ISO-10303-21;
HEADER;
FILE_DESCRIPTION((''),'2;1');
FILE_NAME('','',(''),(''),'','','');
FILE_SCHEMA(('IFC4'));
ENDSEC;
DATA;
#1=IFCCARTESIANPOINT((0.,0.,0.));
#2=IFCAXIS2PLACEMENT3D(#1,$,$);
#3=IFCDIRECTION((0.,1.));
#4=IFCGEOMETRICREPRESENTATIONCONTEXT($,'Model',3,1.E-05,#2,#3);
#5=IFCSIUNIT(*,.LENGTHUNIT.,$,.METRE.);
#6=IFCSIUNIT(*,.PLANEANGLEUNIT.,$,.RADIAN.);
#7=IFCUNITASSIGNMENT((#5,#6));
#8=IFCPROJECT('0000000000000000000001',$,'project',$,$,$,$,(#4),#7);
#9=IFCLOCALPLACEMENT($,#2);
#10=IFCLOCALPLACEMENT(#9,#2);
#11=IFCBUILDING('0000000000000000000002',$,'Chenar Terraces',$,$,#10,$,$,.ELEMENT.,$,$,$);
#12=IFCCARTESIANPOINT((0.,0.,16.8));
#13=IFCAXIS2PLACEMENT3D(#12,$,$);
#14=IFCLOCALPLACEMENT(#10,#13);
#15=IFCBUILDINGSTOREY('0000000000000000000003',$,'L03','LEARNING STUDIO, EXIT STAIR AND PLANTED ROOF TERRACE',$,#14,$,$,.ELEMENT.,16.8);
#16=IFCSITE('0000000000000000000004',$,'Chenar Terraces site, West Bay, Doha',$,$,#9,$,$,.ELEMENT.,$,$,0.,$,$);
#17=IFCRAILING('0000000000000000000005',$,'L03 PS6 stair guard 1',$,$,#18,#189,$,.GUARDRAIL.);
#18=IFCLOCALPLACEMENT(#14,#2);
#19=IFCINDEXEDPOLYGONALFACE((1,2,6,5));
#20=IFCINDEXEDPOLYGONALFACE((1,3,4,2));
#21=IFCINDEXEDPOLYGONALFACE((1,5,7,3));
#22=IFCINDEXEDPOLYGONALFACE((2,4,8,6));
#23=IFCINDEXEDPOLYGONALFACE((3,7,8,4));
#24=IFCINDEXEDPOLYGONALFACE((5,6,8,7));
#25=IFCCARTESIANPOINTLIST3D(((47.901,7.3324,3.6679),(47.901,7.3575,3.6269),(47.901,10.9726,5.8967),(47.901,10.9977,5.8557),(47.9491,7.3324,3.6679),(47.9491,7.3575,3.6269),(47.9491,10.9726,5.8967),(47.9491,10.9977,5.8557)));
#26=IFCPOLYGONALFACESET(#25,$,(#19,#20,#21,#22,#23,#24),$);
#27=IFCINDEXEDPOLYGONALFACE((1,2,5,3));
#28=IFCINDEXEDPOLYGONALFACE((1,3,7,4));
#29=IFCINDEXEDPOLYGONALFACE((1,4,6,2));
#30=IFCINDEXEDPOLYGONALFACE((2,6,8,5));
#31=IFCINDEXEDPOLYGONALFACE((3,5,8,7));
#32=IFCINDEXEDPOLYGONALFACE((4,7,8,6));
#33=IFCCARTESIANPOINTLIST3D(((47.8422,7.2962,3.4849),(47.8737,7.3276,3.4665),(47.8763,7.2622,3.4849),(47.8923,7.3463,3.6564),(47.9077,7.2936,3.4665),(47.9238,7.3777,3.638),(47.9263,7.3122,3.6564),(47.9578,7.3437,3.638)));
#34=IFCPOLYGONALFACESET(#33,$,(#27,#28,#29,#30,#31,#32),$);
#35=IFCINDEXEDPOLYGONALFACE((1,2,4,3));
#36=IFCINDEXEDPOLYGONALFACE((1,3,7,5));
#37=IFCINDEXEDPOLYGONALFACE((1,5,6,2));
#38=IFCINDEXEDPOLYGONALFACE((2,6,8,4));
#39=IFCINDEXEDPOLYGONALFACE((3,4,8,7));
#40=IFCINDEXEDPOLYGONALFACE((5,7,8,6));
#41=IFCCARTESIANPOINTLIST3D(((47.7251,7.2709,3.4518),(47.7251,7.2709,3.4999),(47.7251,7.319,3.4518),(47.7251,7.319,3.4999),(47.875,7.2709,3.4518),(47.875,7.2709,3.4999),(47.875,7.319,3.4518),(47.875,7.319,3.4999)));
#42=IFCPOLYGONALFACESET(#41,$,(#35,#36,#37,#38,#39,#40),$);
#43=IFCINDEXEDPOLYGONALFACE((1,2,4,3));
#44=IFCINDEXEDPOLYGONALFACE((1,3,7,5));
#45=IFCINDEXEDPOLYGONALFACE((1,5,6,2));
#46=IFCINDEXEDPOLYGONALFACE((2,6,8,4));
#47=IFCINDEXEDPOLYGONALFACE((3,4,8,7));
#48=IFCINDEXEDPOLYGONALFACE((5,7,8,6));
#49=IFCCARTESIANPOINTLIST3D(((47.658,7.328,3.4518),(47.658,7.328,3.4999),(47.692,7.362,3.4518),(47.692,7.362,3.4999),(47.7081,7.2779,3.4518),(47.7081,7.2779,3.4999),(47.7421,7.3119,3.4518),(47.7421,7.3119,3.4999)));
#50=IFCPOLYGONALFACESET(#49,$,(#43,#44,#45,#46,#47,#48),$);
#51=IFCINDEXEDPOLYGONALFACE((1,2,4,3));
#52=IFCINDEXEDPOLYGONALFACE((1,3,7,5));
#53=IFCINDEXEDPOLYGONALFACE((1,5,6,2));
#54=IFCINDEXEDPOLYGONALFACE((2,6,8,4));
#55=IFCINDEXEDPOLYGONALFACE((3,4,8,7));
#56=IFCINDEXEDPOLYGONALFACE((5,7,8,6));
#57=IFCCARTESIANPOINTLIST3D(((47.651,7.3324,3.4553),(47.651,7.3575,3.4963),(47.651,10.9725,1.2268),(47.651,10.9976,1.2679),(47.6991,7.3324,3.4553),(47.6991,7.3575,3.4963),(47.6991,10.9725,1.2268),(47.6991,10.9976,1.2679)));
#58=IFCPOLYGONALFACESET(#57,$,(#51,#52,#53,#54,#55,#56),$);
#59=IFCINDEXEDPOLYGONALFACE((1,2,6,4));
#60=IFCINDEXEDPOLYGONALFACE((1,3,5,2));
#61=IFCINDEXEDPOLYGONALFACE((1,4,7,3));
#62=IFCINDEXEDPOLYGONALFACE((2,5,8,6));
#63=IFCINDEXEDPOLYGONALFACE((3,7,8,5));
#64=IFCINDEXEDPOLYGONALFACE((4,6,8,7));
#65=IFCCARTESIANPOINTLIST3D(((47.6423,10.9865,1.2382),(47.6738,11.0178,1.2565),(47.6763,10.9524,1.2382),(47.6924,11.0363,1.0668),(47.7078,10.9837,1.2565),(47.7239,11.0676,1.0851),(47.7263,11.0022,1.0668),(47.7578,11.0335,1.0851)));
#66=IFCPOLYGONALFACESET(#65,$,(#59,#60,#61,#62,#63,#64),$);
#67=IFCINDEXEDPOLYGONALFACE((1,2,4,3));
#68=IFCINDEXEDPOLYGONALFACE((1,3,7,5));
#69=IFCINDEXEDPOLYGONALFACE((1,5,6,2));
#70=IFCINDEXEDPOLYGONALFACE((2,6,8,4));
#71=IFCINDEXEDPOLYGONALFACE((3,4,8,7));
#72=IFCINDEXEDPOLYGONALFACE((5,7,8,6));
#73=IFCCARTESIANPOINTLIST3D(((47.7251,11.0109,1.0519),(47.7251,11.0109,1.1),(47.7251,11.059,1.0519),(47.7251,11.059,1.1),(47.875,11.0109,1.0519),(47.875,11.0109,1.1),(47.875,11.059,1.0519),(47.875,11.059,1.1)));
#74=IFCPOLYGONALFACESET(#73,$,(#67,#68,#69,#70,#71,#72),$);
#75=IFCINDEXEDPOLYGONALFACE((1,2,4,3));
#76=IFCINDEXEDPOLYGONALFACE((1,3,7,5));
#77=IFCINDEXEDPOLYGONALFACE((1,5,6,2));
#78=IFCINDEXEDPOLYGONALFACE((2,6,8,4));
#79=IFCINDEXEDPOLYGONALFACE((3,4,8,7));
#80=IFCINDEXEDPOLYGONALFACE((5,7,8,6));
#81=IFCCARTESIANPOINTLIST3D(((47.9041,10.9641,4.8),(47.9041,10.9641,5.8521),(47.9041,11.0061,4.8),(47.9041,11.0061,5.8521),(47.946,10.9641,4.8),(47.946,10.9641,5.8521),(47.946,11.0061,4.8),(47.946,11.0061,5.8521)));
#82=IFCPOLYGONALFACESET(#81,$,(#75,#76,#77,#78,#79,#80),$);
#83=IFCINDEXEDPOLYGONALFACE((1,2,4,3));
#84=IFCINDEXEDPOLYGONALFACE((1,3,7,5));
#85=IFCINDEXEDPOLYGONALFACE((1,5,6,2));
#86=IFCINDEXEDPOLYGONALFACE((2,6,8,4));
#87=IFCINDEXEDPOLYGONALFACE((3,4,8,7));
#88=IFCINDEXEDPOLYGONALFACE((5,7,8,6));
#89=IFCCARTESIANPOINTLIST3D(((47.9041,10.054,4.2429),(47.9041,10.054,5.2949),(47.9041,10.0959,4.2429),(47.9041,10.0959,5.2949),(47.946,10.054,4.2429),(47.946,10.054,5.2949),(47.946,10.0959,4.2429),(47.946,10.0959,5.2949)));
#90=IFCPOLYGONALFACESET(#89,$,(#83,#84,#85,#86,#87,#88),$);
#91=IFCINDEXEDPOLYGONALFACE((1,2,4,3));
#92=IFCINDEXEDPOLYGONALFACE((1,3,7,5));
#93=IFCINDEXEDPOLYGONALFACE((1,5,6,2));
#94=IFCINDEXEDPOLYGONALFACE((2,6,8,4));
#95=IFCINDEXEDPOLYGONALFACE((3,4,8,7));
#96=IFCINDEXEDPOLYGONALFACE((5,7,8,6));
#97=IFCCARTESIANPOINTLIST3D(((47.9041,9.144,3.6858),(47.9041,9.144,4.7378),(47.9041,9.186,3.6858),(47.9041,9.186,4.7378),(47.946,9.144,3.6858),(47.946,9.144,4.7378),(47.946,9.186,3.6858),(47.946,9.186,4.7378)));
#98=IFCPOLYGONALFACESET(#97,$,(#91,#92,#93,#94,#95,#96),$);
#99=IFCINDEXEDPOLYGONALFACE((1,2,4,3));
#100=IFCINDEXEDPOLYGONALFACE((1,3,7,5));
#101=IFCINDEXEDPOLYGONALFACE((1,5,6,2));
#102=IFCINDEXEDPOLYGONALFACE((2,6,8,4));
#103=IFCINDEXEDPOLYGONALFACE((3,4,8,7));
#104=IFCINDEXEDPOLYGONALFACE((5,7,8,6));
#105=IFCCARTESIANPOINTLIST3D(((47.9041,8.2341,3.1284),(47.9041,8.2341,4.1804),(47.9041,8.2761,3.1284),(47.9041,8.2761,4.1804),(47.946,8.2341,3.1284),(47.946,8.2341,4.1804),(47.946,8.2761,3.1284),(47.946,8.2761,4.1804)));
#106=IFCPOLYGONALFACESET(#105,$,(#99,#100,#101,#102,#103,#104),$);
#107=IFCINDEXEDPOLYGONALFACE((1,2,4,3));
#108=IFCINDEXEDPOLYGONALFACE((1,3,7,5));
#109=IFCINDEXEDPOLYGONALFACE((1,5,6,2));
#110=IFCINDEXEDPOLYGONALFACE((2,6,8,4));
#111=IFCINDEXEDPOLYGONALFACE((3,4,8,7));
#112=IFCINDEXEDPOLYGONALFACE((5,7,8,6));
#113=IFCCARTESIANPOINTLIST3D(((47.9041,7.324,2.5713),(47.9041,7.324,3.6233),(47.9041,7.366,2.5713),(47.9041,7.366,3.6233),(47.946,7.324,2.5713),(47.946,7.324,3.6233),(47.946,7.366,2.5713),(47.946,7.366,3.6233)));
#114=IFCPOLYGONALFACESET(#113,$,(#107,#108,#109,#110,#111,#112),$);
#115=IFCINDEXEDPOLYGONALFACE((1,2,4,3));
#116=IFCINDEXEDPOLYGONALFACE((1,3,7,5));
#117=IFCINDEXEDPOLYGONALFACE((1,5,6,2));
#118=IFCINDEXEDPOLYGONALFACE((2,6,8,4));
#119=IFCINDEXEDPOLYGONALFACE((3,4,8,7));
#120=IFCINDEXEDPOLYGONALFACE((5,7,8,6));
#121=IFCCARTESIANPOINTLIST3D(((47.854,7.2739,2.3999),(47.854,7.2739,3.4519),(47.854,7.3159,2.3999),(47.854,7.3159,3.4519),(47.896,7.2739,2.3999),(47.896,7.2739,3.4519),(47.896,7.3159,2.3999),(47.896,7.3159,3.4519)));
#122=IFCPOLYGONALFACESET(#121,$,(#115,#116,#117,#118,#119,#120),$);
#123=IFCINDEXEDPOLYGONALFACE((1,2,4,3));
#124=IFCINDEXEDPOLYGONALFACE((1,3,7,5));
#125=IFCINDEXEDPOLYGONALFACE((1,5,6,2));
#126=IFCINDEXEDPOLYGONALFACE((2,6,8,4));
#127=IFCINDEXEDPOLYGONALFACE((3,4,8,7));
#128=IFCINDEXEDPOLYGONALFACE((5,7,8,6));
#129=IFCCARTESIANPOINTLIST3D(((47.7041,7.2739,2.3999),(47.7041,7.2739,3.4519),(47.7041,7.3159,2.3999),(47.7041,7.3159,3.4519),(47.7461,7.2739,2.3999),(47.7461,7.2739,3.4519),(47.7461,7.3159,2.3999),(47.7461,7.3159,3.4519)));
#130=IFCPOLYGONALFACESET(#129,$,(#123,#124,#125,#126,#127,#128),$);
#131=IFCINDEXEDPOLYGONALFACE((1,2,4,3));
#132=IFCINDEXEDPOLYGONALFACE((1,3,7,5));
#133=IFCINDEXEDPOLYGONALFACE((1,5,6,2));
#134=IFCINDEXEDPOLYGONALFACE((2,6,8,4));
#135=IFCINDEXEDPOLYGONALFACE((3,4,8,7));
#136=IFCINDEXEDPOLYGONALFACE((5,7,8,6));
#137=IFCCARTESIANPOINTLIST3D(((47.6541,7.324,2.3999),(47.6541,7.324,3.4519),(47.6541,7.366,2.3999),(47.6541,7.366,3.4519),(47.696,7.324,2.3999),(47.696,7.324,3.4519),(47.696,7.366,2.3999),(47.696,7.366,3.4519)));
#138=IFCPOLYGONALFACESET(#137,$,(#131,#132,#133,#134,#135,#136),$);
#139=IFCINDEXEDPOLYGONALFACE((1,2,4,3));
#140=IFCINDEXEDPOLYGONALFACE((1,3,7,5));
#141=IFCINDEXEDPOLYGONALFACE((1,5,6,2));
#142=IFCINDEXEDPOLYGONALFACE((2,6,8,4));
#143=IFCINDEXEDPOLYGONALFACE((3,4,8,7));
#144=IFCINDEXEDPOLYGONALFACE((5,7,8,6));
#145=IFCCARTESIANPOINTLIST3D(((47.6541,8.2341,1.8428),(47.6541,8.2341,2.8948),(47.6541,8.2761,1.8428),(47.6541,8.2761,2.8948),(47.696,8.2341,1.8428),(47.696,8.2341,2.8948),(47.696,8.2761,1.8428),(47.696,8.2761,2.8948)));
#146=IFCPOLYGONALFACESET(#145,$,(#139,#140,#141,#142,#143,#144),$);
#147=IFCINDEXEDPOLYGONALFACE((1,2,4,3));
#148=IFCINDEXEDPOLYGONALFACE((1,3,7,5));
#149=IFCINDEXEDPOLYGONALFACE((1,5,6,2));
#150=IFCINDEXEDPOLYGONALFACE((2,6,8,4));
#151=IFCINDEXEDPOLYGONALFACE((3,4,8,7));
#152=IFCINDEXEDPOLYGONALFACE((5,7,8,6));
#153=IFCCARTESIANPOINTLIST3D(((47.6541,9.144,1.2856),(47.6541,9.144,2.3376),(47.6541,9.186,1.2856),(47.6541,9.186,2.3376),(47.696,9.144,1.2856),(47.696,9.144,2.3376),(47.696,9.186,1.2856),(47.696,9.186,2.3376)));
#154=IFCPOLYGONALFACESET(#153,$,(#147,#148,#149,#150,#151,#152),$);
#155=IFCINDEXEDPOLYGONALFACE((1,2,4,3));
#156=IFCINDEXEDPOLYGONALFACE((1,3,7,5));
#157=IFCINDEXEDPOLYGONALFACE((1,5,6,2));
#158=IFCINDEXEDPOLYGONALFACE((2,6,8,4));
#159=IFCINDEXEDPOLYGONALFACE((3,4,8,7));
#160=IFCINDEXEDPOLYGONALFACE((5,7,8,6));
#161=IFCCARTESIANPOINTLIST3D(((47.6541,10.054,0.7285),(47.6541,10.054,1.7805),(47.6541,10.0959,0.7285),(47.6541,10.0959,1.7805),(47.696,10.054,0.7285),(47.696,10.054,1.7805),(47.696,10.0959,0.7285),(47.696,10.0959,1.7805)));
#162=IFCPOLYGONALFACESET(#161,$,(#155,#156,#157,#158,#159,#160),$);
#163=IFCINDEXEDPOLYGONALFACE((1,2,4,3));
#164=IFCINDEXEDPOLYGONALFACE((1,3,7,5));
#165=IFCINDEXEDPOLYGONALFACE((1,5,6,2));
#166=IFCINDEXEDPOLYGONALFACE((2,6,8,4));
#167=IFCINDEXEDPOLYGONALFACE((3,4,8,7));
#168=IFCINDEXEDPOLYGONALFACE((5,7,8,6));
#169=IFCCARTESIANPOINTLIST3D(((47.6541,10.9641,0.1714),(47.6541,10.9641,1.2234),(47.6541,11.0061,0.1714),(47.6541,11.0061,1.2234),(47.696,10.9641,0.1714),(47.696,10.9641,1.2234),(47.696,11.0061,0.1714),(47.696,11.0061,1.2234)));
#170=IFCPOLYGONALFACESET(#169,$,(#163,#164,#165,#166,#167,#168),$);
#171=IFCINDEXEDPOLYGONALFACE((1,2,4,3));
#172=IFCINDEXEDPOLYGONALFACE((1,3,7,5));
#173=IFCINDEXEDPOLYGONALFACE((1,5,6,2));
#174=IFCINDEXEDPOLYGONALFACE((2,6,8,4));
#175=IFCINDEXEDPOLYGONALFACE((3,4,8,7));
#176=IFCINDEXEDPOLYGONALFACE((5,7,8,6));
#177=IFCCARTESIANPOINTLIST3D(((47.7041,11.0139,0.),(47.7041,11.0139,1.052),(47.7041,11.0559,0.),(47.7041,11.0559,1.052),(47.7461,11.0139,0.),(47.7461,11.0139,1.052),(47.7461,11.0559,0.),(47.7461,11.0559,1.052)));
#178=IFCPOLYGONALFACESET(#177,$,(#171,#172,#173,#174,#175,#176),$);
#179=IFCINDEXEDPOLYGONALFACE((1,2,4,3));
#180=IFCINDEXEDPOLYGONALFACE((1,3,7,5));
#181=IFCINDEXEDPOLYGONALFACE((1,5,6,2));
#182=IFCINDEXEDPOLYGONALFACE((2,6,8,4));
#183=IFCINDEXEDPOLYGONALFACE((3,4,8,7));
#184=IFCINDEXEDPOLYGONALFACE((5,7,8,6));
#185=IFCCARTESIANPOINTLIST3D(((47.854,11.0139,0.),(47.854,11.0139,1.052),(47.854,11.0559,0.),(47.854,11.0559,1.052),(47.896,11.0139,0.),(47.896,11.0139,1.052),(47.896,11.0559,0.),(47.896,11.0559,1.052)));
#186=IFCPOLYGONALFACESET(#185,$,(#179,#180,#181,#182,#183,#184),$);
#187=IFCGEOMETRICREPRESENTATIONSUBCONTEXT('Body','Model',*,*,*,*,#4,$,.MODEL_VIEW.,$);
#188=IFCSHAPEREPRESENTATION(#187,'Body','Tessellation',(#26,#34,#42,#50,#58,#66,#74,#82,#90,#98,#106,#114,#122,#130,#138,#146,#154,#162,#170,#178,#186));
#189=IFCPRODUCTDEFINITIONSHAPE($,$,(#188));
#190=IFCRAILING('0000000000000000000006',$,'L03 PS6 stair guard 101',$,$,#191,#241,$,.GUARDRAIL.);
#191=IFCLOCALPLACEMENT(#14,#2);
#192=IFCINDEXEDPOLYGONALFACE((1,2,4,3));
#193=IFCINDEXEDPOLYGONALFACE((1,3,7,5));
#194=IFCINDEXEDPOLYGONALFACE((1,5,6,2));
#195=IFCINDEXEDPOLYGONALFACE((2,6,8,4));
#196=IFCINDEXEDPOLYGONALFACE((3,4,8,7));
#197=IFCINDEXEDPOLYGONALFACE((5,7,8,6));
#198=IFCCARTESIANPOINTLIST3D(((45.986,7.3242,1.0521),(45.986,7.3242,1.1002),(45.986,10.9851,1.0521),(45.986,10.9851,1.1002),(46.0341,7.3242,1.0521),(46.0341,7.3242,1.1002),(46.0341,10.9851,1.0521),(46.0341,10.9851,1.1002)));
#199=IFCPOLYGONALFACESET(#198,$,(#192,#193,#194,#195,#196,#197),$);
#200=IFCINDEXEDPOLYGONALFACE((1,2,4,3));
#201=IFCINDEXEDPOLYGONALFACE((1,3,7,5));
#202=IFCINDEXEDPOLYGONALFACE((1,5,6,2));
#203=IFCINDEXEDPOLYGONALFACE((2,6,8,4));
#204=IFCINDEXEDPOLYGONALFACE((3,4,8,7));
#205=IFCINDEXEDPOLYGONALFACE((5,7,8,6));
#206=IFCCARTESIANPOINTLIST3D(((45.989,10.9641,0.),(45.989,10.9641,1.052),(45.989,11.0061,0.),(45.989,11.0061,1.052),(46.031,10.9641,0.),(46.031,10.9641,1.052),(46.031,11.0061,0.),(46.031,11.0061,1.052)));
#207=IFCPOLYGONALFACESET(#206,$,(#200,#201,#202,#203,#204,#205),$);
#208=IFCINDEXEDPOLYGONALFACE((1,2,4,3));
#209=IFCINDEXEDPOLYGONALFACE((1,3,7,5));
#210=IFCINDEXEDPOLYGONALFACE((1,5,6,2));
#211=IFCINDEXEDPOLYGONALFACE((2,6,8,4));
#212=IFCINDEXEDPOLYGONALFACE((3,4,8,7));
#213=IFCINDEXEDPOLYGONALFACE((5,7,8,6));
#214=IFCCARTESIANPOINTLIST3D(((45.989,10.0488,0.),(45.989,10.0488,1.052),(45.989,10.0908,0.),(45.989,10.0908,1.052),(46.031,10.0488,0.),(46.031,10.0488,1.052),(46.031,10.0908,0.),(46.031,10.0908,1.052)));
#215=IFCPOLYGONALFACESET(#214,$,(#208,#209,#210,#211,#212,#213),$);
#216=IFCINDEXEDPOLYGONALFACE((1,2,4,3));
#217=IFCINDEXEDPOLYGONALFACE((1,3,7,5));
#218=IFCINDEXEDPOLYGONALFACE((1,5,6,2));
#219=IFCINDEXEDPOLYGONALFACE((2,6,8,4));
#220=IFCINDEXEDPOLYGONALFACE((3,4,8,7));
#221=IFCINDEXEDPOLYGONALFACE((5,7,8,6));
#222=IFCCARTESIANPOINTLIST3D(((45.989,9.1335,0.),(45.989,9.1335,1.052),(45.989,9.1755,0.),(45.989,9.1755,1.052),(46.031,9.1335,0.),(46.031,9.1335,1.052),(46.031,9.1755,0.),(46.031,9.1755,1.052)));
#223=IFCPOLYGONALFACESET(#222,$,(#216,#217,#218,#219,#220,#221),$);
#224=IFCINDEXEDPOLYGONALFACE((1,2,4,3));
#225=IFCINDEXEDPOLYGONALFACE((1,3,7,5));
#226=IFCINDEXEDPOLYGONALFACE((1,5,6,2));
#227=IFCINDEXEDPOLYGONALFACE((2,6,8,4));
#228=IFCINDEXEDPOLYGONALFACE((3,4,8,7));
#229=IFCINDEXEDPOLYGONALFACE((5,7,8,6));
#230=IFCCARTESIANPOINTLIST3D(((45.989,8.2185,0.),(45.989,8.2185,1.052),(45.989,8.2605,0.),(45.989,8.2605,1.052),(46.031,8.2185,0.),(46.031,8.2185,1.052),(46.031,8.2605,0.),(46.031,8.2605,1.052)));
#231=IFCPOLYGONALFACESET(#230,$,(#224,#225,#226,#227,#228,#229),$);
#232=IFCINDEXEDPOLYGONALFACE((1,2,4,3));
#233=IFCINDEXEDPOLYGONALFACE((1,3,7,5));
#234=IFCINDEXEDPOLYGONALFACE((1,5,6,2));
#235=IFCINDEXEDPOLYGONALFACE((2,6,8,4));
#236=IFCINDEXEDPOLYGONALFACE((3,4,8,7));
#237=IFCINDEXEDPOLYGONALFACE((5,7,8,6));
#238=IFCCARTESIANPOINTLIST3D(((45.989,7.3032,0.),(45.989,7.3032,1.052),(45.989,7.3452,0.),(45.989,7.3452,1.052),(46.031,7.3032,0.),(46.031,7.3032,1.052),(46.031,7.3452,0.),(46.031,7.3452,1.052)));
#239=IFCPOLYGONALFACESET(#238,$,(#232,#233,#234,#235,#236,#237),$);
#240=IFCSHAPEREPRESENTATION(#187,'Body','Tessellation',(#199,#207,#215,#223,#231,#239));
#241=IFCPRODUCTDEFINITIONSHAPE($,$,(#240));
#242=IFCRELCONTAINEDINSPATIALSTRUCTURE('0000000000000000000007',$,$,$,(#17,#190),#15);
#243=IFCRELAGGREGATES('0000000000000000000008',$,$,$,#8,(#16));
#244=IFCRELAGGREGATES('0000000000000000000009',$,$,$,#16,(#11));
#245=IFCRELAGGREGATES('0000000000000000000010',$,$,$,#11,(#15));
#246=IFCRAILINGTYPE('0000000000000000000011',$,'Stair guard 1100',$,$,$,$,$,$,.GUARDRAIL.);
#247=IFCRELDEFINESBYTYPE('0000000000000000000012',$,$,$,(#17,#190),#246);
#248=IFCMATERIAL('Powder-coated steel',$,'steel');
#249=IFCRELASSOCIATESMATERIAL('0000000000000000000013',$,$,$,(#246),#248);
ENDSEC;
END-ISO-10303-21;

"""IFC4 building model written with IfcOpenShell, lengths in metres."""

from ifc_helpers import new_model, si_unit, direction, frame, origin, origin_2d, place, context, subcontext, project, spatial, rectangle, extrude, material, type_object, element, save


model = new_model("IFC4")

# Units and contexts
model_context = context("Model", 3, precision=1e-05, world=origin(), true_north=direction((0.0, 1.0)))
body_context = subcontext(model_context, "Body", "Model", "MODEL_VIEW")
ifc_project = project(units=[si_unit("LENGTHUNIT", "METRE"), si_unit("PLANEANGLEUNIT", "RADIAN")], contexts=[model_context])

# Site, building, storey
site_placement = place(None, origin())
site = spatial("IfcSite", under=ifc_project, at=site_placement, Name="Chenar Terraces site, West Bay, Doha", CompositionType="ELEMENT", RefElevation=0.0)
building_placement = place(site_placement, origin())
building = spatial("IfcBuilding", under=site, at=building_placement, Name="Chenar Terraces", CompositionType="ELEMENT")
storey_placement = place(building_placement, frame((0.0, 0.0, 16.8)))
storey = spatial("IfcBuildingStorey", under=building, at=storey_placement, Name="L03", Description="LEARNING STUDIO, EXIT STAIR AND PLANTED ROOF TERRACE", CompositionType="ELEMENT", Elevation=16.8)

# Railings
ifc_material_1 = material(Name="Powder-coated steel", Category="steel")
railing_type_1 = type_object("IfcRailingType", Name="Stair guard 1100", PredefinedType="GUARDRAIL", material=ifc_material_1)
railing_1_placement = place(storey_placement, frame((47.925, 10.9851, 4.8)))
element("IfcRailing", 1, at=railing_1_placement, inside=storey, type_object=railing_type_1, Name="L03 PS6 stair guard 1", PredefinedType="GUARDRAIL", context=body_context, shape_type="SweptSolid", body=[
    extrude(rectangle(XDim=0.0481, YDim=0.0481, at=origin_2d()), frame((0.0, 0.0, 1.0762), z_axis=(0.0, -0.85284, -0.522172), x_axis=(1.0, 0.0, 0.0)), (0.0, 0.0, 1.0), 4.2683),
    extrude(rectangle(XDim=0.0481, YDim=0.0481, at=origin_2d()), frame((0.0, -3.6401, -1.1528), z_axis=(-0.269911, -0.269911, -0.924281), x_axis=(0.707107, -0.707107, 0.0)), (0.0, 0.0, 1.0), 0.1855),
    extrude(rectangle(XDim=0.0481, YDim=0.0481, at=origin_2d()), frame((-0.05, -3.6902, -1.3242), z_axis=(-1.0, 0.0, 0.0), x_axis=(0.0, -1.0, 0.0)), (0.0, 0.0, 1.0), 0.1499),
    extrude(rectangle(XDim=0.0481, YDim=0.0481, at=origin_2d()), frame((-0.2, -3.6902, -1.3242), z_axis=(-0.707107, 0.707107, 0.0), x_axis=(-0.707107, -0.707107, 0.0)), (0.0, 0.0, 1.0), 0.0708),
    extrude(rectangle(XDim=0.0481, YDim=0.0481, at=origin_2d()), frame((-0.25, -3.6401, -1.3242), z_axis=(0.0, 0.852866, -0.52213), x_axis=(-1.0, 0.0, 0.0)), (0.0, 0.0, 1.0), 4.2681),
    extrude(rectangle(XDim=0.0481, YDim=0.0481, at=origin_2d()), frame((-0.25, 0.0, -3.5527), z_axis=(0.270007, 0.26869, -0.924609), x_axis=(-0.705376, 0.708834, 0.0)), (0.0, 0.0, 1.0), 0.1853),
    extrude(rectangle(XDim=0.0481, YDim=0.0481, at=origin_2d()), frame((-0.2, 0.0498, -3.7241), z_axis=(1.0, 0.0, 0.0), x_axis=(0.0, 1.0, 0.0)), (0.0, 0.0, 1.0), 0.1499),
    extrude(rectangle(XDim=0.042, YDim=0.042, at=origin_2d()), origin(), (0.0, 0.0, 1.0), 1.052),
    extrude(rectangle(XDim=0.042, YDim=0.042, at=origin_2d()), frame((0.0, -0.9102, -0.5571)), (0.0, 0.0, 1.0), 1.052),
    extrude(rectangle(XDim=0.042, YDim=0.042, at=origin_2d()), frame((0.0, -1.8201, -1.1143)), (0.0, 0.0, 1.0), 1.052),
    extrude(rectangle(XDim=0.042, YDim=0.042, at=origin_2d()), frame((0.0, -2.73, -1.6716)), (0.0, 0.0, 1.0), 1.052),
    extrude(rectangle(XDim=0.042, YDim=0.042, at=origin_2d()), frame((0.0, -3.6401, -2.2288)), (0.0, 0.0, 1.0), 1.052),
    extrude(rectangle(XDim=0.042, YDim=0.042, at=origin_2d()), frame((-0.05, -3.6902, -2.4001)), (0.0, 0.0, 1.0), 1.052),
    extrude(rectangle(XDim=0.042, YDim=0.042, at=origin_2d()), frame((-0.2, -3.6902, -2.4001)), (0.0, 0.0, 1.0), 1.052),
    extrude(rectangle(XDim=0.042, YDim=0.042, at=origin_2d()), frame((-0.25, -3.6401, -2.4001)), (0.0, 0.0, 1.0), 1.052),
    extrude(rectangle(XDim=0.042, YDim=0.042, at=origin_2d()), frame((-0.25, -2.73, -2.9573)), (0.0, 0.0, 1.0), 1.052),
    extrude(rectangle(XDim=0.042, YDim=0.042, at=origin_2d()), frame((-0.25, -1.8201, -3.5144)), (0.0, 0.0, 1.0), 1.052),
    extrude(rectangle(XDim=0.042, YDim=0.042, at=origin_2d()), frame((-0.25, -0.9102, -4.0715)), (0.0, 0.0, 1.0), 1.052),
    extrude(rectangle(XDim=0.042, YDim=0.042, at=origin_2d()), frame((-0.25, 0.0, -4.6287)), (0.0, 0.0, 1.0), 1.052),
    extrude(rectangle(XDim=0.042, YDim=0.042, at=origin_2d()), frame((-0.2, 0.0498, -4.8)), (0.0, 0.0, 1.0), 1.052),
    extrude(rectangle(XDim=0.042, YDim=0.042, at=origin_2d()), frame((-0.05, 0.0498, -4.8)), (0.0, 0.0, 1.0), 1.052),
])
railing_2_placement = place(storey_placement, frame((46.01, 10.9851, 0.0)))
element("IfcRailing", 2, at=railing_2_placement, inside=storey, type_object=railing_type_1, Name="L03 PS6 stair guard 101", PredefinedType="GUARDRAIL", context=body_context, shape_type="SweptSolid", body=[
    extrude(rectangle(XDim=0.0481, YDim=0.0481, at=origin_2d()), frame((0.0, 0.0, 1.0762), z_axis=(0.0, -1.0, 0.0), x_axis=(1.0, 0.0, 0.0)), (0.0, 0.0, 1.0), 3.6609),
    extrude(rectangle(XDim=0.042, YDim=0.042, at=origin_2d()), origin(), (0.0, 0.0, 1.0), 1.052),
    extrude(rectangle(XDim=0.042, YDim=0.042, at=origin_2d()), frame((0.0, -0.9153, 0.0)), (0.0, 0.0, 1.0), 1.052),
    extrude(rectangle(XDim=0.042, YDim=0.042, at=origin_2d()), frame((0.0, -1.8306, 0.0)), (0.0, 0.0, 1.0), 1.052),
    extrude(rectangle(XDim=0.042, YDim=0.042, at=origin_2d()), frame((0.0, -2.7456, 0.0)), (0.0, 0.0, 1.0), 1.052),
    extrude(rectangle(XDim=0.042, YDim=0.042, at=origin_2d()), frame((0.0, -3.6609, 0.0)), (0.0, 0.0, 1.0), 1.052),
])

save(model, "model.ifc")
